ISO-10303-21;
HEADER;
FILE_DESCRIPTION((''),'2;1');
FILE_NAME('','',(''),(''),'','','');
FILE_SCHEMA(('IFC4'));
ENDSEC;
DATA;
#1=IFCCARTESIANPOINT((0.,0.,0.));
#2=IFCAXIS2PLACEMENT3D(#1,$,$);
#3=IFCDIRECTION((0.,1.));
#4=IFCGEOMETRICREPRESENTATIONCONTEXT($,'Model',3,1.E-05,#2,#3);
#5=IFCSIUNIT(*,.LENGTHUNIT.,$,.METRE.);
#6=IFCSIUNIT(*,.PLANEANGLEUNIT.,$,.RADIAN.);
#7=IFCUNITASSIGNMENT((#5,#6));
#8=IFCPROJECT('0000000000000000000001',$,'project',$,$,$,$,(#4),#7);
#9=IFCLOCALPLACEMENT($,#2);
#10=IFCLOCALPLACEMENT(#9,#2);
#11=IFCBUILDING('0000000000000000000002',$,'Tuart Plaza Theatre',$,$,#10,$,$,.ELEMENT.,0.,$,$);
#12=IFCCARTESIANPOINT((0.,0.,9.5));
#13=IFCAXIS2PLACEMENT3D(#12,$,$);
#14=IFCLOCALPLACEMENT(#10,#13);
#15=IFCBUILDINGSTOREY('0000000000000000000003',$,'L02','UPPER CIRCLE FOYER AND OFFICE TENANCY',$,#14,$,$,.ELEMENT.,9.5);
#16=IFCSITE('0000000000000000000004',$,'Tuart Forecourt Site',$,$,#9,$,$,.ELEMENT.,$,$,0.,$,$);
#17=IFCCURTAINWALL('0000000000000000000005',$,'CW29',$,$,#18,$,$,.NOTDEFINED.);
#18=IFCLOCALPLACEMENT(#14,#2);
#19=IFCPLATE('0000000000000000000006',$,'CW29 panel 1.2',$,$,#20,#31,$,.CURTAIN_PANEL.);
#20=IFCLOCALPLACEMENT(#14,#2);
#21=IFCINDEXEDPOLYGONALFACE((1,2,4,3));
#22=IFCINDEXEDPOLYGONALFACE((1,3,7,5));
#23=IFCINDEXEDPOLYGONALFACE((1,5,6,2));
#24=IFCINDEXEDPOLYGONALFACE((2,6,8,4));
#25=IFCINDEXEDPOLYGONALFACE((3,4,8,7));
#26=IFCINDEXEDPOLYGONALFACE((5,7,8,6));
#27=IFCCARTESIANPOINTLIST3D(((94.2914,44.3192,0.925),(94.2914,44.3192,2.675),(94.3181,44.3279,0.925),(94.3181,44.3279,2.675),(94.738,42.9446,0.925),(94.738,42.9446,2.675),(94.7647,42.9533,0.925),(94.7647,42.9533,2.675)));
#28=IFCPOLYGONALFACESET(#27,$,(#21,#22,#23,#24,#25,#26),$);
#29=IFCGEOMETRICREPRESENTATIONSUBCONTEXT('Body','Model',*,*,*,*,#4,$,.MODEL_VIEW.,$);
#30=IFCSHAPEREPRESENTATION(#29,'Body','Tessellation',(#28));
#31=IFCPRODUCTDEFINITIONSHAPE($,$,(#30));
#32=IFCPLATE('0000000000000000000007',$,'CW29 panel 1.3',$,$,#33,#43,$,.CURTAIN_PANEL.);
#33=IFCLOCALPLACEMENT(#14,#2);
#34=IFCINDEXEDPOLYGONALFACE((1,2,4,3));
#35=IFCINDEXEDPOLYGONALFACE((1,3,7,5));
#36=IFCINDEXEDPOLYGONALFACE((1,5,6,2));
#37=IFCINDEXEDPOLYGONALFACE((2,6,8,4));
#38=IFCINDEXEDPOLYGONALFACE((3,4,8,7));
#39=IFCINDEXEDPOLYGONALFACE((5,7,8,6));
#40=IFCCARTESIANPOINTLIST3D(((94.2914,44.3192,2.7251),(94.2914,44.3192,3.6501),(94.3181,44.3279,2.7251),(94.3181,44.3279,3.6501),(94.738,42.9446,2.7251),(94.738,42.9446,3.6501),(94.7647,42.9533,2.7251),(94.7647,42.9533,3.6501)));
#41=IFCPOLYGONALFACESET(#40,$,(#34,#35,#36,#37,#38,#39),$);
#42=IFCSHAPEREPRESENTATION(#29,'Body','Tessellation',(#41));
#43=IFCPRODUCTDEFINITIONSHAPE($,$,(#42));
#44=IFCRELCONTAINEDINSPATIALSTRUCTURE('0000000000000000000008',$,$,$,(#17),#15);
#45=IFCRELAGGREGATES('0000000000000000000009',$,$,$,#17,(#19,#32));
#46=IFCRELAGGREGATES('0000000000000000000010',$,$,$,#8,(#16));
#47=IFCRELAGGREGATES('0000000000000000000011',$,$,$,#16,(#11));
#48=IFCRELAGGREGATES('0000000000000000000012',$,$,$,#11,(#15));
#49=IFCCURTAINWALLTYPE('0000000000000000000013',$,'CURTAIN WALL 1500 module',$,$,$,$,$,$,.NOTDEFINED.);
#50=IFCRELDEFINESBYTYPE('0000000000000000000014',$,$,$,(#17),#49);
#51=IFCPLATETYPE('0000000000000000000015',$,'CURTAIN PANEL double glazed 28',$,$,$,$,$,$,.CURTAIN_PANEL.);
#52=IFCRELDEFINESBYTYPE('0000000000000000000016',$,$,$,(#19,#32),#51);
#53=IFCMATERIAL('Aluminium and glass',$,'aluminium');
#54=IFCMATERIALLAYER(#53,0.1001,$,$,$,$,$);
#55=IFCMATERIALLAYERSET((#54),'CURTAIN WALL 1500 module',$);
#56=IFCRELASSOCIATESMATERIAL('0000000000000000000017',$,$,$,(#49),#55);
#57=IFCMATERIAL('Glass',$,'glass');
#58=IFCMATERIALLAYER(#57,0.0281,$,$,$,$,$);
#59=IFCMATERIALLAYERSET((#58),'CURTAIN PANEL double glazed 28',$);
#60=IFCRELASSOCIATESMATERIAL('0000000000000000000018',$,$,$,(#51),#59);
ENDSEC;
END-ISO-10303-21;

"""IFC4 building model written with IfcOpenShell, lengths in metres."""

from ifc_helpers import new_model, si_unit, direction, frame, origin, origin_2d, place, context, subcontext, project, spatial, rectangle, extrude, material, layer, layer_set, type_object, element, aggregate, save


model = new_model("IFC4")

# Units and contexts
model_context = context("Model", 3, precision=1e-05, world=origin(), true_north=direction((0.0, 1.0)))
body_context = subcontext(model_context, "Body", "Model", "MODEL_VIEW")
ifc_project = project(units=[si_unit("LENGTHUNIT", "METRE"), si_unit("PLANEANGLEUNIT", "RADIAN")], contexts=[model_context])

# Site, building, storey
site_placement = place(None, origin())
site = spatial("IfcSite", under=ifc_project, at=site_placement, Name="Tuart Forecourt Site", CompositionType="ELEMENT", RefElevation=0.0)
building_placement = place(site_placement, origin())
building = spatial("IfcBuilding", under=site, at=building_placement, Name="Tuart Plaza Theatre", CompositionType="ELEMENT", ElevationOfRefHeight=0.0)
storey_placement = place(building_placement, frame((0.0, 0.0, 9.5)))
storey = spatial("IfcBuildingStorey", under=building, at=storey_placement, Name="L02", Description="UPPER CIRCLE FOYER AND OFFICE TENANCY", CompositionType="ELEMENT", Elevation=9.5)

# Curtain wall
ifc_material_1 = material(Name="Aluminium and glass", Category="aluminium")
ifc_layer_1 = layer(ifc_material_1, 0.1001)
ifc_layer_set_1 = layer_set([ifc_layer_1], Name="CURTAIN WALL 1500 module")
curtain_wall_type = type_object("IfcCurtainWallType", Name="CURTAIN WALL 1500 module", PredefinedType="NOTDEFINED", material=ifc_layer_set_1)
curtain_wall_1_placement = place(storey_placement, origin())
curtain_wall_1 = element("IfcCurtainWall", 1, at=curtain_wall_1_placement, inside=storey, type_object=curtain_wall_type, Name="CW29", PredefinedType="NOTDEFINED")

# Plates
ifc_material_2 = material(Name="Glass", Category="glass")
ifc_layer_2 = layer(ifc_material_2, 0.0281)
ifc_layer_set_2 = layer_set([ifc_layer_2], Name="CURTAIN PANEL double glazed 28")
plate_type = type_object("IfcPlateType", Name="CURTAIN PANEL double glazed 28", PredefinedType="CURTAIN_PANEL", material=ifc_layer_set_2)
plate_1_placement = place(storey_placement, frame((94.5281, 43.6362, 0.925), z_axis=(0.0, 0.0, 1.0), x_axis=(0.309018, -0.951056, 0.0)))
plate_1 = element("IfcPlate", 2, at=plate_1_placement, type_object=plate_type, Name="CW29 panel 1.2", PredefinedType="CURTAIN_PANEL", context=body_context, shape_type="SweptSolid", body=[
    extrude(rectangle(XDim=1.4453, YDim=0.0281, at=origin_2d()), origin(), (0.0, 0.0, 1.0), 1.75),
])
plate_2_placement = place(storey_placement, frame((94.5281, 43.6362, 2.7251), z_axis=(0.0, 0.0, 1.0), x_axis=(0.309018, -0.951056, 0.0)))
plate_2 = element("IfcPlate", 3, at=plate_2_placement, type_object=plate_type, Name="CW29 panel 1.3", PredefinedType="CURTAIN_PANEL", context=body_context, shape_type="SweptSolid", body=[
    extrude(rectangle(XDim=1.4453, YDim=0.0281, at=origin_2d()), origin(), (0.0, 0.0, 1.0), 0.925),
])
aggregate(curtain_wall_1, [plate_1, plate_2])

save(model, "model.ifc")
